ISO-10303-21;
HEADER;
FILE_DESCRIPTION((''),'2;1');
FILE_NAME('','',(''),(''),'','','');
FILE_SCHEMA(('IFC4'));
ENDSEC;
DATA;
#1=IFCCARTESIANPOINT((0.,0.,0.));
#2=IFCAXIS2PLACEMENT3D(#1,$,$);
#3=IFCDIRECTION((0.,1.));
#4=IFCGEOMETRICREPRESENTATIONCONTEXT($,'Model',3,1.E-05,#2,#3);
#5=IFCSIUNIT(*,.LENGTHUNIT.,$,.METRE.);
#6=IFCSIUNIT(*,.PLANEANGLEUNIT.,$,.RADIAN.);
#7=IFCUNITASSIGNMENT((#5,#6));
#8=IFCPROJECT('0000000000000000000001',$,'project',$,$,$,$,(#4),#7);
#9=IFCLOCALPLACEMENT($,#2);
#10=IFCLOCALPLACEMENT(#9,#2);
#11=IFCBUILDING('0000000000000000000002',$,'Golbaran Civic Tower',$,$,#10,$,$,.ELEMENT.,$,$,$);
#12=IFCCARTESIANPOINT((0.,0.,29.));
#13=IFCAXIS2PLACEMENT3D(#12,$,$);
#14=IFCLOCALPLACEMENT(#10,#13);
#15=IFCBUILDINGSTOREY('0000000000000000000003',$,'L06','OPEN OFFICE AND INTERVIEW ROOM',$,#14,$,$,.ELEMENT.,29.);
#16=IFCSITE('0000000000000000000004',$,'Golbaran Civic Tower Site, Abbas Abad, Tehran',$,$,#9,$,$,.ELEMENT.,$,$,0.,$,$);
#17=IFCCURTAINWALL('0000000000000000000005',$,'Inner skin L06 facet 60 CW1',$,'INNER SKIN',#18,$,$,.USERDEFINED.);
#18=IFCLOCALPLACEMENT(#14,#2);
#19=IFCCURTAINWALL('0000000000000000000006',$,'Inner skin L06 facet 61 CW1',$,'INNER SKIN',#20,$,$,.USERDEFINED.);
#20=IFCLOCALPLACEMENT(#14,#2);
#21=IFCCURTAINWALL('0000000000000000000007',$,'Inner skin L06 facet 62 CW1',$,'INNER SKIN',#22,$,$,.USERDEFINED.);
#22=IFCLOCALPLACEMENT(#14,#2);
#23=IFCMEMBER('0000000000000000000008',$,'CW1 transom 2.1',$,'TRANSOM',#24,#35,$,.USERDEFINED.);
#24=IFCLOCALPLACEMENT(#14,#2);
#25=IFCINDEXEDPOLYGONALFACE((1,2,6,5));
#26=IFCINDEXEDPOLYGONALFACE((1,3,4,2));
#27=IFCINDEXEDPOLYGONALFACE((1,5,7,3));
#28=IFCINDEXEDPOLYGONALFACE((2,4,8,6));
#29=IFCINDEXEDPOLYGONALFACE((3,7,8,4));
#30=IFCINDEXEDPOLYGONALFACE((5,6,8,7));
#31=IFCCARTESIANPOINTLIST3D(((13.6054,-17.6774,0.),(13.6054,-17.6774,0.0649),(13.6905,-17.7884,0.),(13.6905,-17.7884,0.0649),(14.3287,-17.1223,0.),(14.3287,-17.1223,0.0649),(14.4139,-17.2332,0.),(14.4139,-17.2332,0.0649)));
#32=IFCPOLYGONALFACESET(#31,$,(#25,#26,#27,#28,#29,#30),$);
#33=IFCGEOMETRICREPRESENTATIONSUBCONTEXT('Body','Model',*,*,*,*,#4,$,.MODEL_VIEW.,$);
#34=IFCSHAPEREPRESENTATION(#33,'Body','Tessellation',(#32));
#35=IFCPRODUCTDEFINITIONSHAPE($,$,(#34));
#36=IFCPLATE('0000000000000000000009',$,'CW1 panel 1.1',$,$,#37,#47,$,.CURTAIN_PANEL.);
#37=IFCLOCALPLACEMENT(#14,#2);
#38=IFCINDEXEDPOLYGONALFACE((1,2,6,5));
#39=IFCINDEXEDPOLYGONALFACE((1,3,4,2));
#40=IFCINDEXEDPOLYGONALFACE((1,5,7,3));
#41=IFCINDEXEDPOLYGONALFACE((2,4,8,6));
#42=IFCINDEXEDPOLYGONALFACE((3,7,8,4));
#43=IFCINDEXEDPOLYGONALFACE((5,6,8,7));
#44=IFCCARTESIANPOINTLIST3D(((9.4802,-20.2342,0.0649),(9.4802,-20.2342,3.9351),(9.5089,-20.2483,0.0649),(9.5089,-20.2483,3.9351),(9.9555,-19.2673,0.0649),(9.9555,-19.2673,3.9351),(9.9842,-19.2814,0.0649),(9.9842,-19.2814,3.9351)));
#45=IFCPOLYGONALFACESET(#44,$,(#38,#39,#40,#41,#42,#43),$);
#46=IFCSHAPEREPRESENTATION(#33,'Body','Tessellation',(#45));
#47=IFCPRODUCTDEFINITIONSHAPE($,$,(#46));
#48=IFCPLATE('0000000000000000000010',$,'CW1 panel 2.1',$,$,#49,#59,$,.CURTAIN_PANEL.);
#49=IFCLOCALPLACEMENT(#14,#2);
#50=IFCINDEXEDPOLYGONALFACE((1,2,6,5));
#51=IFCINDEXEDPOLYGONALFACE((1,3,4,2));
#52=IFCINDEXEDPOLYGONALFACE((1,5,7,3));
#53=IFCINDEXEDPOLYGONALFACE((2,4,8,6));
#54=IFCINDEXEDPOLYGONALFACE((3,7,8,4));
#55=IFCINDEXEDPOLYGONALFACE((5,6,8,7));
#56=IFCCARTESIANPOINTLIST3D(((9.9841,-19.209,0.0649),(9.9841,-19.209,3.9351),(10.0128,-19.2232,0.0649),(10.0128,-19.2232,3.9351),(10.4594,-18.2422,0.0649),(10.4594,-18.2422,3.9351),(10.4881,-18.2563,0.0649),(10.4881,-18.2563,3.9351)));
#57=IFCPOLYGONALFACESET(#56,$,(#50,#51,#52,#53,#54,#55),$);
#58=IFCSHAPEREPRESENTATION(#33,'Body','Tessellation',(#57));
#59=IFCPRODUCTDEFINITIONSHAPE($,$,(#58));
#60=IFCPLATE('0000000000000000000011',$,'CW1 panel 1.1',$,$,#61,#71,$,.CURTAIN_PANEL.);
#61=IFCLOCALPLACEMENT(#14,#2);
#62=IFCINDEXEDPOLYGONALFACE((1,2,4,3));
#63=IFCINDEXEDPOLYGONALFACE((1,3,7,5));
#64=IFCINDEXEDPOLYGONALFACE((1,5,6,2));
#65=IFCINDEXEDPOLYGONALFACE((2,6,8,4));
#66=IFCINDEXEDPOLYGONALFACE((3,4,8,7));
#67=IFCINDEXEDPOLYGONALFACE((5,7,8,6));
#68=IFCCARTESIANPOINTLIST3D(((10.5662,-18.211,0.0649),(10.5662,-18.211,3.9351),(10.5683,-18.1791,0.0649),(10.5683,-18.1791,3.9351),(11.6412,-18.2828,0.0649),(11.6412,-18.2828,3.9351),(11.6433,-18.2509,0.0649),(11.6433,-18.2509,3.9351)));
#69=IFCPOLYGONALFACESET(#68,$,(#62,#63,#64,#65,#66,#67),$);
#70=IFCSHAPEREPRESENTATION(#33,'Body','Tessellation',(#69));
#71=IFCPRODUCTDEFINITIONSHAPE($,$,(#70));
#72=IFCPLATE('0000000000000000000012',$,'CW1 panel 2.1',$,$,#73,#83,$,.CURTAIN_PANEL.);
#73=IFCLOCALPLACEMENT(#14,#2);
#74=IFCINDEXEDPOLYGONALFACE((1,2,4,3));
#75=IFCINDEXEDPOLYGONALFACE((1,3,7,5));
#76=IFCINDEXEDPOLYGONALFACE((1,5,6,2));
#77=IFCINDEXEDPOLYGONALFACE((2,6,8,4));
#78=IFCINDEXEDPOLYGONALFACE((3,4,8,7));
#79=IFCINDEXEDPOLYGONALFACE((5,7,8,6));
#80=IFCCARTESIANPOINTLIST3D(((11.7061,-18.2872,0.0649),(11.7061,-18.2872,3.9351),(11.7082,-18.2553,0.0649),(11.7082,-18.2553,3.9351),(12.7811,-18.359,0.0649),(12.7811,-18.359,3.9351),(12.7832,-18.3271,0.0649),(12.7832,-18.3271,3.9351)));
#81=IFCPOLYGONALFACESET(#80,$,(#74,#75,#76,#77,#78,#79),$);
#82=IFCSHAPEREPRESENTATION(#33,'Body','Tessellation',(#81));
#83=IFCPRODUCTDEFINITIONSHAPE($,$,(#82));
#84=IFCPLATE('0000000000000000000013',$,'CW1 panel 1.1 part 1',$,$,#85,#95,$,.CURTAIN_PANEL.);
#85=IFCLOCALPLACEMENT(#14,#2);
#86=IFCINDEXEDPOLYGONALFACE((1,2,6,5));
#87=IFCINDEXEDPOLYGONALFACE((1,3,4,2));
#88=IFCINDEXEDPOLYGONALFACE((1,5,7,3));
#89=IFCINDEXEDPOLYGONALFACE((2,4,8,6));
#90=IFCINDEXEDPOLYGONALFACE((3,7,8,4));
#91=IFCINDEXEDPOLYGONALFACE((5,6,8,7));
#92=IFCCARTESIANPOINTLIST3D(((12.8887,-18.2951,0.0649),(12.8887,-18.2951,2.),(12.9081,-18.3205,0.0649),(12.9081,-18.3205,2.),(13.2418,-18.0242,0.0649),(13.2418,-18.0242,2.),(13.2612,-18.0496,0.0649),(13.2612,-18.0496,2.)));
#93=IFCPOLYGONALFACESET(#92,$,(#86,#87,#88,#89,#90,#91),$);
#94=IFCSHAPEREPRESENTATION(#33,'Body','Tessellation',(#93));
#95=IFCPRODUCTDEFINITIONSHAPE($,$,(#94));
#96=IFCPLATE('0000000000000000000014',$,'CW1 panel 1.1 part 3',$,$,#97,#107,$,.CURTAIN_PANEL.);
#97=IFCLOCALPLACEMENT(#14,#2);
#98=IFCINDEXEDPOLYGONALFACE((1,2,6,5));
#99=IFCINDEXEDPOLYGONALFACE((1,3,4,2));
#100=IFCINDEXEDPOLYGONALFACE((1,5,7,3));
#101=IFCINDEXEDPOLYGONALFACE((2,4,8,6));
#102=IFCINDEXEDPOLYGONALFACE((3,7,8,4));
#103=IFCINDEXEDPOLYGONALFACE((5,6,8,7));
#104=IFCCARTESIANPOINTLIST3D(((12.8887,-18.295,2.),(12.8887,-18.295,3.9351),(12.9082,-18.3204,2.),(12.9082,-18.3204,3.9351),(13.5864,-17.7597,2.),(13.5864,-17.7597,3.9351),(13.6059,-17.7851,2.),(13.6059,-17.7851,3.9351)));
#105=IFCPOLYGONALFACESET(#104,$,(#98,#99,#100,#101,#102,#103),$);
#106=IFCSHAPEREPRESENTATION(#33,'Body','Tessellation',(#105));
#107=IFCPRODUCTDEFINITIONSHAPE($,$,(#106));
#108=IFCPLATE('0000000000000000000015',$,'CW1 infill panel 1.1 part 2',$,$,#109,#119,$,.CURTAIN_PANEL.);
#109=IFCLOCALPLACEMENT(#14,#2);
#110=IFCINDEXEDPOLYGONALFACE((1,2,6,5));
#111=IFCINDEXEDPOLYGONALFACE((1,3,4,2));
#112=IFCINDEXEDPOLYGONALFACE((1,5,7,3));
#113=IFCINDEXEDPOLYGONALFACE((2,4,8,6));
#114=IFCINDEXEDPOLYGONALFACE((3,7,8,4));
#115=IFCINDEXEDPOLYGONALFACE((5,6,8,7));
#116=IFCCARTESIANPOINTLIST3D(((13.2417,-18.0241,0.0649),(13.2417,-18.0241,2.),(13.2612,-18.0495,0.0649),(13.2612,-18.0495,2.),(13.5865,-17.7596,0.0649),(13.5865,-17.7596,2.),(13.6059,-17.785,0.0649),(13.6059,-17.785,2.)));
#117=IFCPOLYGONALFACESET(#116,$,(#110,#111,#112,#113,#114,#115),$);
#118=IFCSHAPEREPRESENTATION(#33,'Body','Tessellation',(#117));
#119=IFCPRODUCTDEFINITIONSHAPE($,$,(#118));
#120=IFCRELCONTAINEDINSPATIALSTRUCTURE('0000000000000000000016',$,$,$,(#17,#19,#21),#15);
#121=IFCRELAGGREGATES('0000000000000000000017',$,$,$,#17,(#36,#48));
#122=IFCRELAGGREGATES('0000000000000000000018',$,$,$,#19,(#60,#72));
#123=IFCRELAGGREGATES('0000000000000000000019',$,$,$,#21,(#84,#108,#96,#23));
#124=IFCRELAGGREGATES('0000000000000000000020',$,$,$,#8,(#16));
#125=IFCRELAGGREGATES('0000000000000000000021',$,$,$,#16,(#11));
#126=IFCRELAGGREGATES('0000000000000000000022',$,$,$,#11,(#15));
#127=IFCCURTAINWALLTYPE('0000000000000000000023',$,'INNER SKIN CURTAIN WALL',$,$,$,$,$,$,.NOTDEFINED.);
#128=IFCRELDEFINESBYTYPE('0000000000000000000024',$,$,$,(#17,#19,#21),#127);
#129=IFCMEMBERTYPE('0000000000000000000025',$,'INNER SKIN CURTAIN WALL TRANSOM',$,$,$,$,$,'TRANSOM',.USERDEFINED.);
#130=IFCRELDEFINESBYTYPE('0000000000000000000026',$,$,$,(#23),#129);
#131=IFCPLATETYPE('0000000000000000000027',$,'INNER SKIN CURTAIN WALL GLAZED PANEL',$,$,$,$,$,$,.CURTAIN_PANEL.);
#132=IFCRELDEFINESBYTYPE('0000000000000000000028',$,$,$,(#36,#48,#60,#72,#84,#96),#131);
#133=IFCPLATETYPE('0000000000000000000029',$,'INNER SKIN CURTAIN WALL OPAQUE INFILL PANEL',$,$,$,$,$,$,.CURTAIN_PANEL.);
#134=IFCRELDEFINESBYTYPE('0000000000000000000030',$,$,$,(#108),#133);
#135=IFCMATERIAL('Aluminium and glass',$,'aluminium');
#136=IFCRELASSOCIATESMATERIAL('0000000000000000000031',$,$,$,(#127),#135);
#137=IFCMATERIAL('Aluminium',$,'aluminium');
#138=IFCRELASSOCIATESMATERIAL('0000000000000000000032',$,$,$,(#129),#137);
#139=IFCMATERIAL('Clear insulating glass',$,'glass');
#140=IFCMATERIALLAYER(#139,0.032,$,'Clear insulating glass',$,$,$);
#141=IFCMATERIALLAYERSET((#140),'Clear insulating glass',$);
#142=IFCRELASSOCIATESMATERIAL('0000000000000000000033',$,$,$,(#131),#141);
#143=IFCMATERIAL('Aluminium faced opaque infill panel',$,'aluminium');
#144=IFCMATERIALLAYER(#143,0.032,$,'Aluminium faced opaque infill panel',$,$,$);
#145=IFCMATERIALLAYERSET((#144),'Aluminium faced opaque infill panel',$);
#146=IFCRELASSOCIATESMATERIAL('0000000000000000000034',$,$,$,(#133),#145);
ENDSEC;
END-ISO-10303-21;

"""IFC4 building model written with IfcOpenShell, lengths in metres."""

from ifc_helpers import new_model, si_unit, direction, frame, origin, origin_2d, place, context, subcontext, project, spatial, rectangle, extrude, material, layer, layer_set, material_profile, profile_set, type_object, element, aggregate, save


model = new_model("IFC4")

# Units and contexts
model_context = context("Model", 3, precision=1e-05, world=origin(), true_north=direction((0.0, 1.0)))
body_context = subcontext(model_context, "Body", "Model", "MODEL_VIEW")
ifc_project = project(units=[si_unit("LENGTHUNIT", "METRE"), si_unit("PLANEANGLEUNIT", "RADIAN")], contexts=[model_context])

# Site, building, storey
site_placement = place(None, origin())
site = spatial("IfcSite", under=ifc_project, at=site_placement, Name="Golbaran Civic Tower Site, Abbas Abad, Tehran", CompositionType="ELEMENT", RefElevation=0.0)
building_placement = place(site_placement, origin())
building = spatial("IfcBuilding", under=site, at=building_placement, Name="Golbaran Civic Tower", CompositionType="ELEMENT")
storey_placement = place(building_placement, frame((0.0, 0.0, 29.0)))
storey = spatial("IfcBuildingStorey", under=building, at=storey_placement, Name="L06", Description="OPEN OFFICE AND INTERVIEW ROOM", CompositionType="ELEMENT", Elevation=29.0)

# Curtain walls
ifc_material_1 = material(Name="Aluminium and glass", Category="aluminium")
curtain_wall_type = type_object("IfcCurtainWallType", Name="INNER SKIN CURTAIN WALL", PredefinedType="NOTDEFINED", material=ifc_material_1)
curtain_wall_1_placement = place(storey_placement, origin())
curtain_wall_1 = element("IfcCurtainWall", 1, at=curtain_wall_1_placement, inside=storey, type_object=curtain_wall_type, Name="Inner skin L06 facet 60 CW1", ObjectType="INNER SKIN", PredefinedType="USERDEFINED")
ifc_material_2 = material(Name="Aluminium", Category="aluminium")
curtain_wall_2_placement = place(storey_placement, origin())
curtain_wall_2 = element("IfcCurtainWall", 2, at=curtain_wall_2_placement, inside=storey, type_object=curtain_wall_type, Name="Inner skin L06 facet 61 CW1", ObjectType="INNER SKIN", PredefinedType="USERDEFINED")
curtain_wall_3_placement = place(storey_placement, origin())
curtain_wall_3 = element("IfcCurtainWall", 3, at=curtain_wall_3_placement, inside=storey, type_object=curtain_wall_type, Name="Inner skin L06 facet 62 CW1", ObjectType="INNER SKIN", PredefinedType="USERDEFINED")

# Member
ifc_material_profile_1 = material_profile(ifc_material_2, rectangle(XDim=0.1399, YDim=0.0649, at=origin_2d()), Name="INNER SKIN CURTAIN WALL TRANSOM")
ifc_profile_set_1 = profile_set([ifc_material_profile_1], Name="Aluminium")
member_type_1 = type_object("IfcMemberType", Name="INNER SKIN CURTAIN WALL TRANSOM", ElementType="TRANSOM", PredefinedType="USERDEFINED", material=ifc_profile_set_1)
member_1_placement = place(storey_placement, frame((13.6479, -17.7329, 0.0325), z_axis=(0.7933, 0.608831, 0.0), x_axis=(-0.608831, 0.7933, 0.0)))
member_1 = element("IfcMember", 4, at=member_1_placement, type_object=member_type_1, Name="CW1 transom 2.1", ObjectType="TRANSOM", PredefinedType="USERDEFINED", context=body_context, shape_type="SweptSolid", body=[
    extrude(rectangle(XDim=0.1399, YDim=0.0649, at=origin_2d()), origin(), (0.0, 0.0, 1.0), 0.9119),
])

# Plates
ifc_material_3 = material(Name="Clear insulating glass", Category="glass")
ifc_layer_1 = layer(ifc_material_3, 0.032, Name="Clear insulating glass")
ifc_layer_set_1 = layer_set([ifc_layer_1], Name="Clear insulating glass")
plate_type_1 = type_object("IfcPlateType", Name="INNER SKIN CURTAIN WALL GLAZED PANEL", PredefinedType="CURTAIN_PANEL", material=ifc_layer_set_1)
plate_1_placement = place(storey_placement, frame((9.7322, -19.7578, 0.0649), z_axis=(0.0, 0.0, 1.0), x_axis=(0.441207, 0.897405, 0.0)))
plate_1 = element("IfcPlate", 5, at=plate_1_placement, type_object=plate_type_1, Name="CW1 panel 1.1", PredefinedType="CURTAIN_PANEL", context=body_context, shape_type="SweptSolid", body=[
    extrude(rectangle(XDim=1.0774, YDim=0.032, at=origin_2d()), origin(), (0.0, 0.0, 1.0), 3.8701),
])
plate_2_placement = place(storey_placement, frame((10.2361, -18.7327, 0.0649), z_axis=(0.0, 0.0, 1.0), x_axis=(0.441207, 0.897405, 0.0)))
plate_2 = element("IfcPlate", 6, at=plate_2_placement, type_object=plate_type_1, Name="CW1 panel 2.1", PredefinedType="CURTAIN_PANEL", context=body_context, shape_type="SweptSolid", body=[
    extrude(rectangle(XDim=1.0774, YDim=0.032, at=origin_2d()), origin(), (0.0, 0.0, 1.0), 3.8701),
])
aggregate(curtain_wall_1, [plate_1, plate_2])
plate_3_placement = place(storey_placement, frame((11.1047, -18.231, 0.0649), z_axis=(0.0, 0.0, 1.0), x_axis=(0.997779, -0.066606, 0.0)))
plate_3 = element("IfcPlate", 7, at=plate_3_placement, type_object=plate_type_1, Name="CW1 panel 1.1", PredefinedType="CURTAIN_PANEL", context=body_context, shape_type="SweptSolid", body=[
    extrude(rectangle(XDim=1.0774, YDim=0.032, at=origin_2d()), origin(), (0.0, 0.0, 1.0), 3.8701),
])
plate_4_placement = place(storey_placement, frame((12.2446, -18.3071, 0.0649), z_axis=(0.0, 0.0, 1.0), x_axis=(0.997779, -0.066606, 0.0)))
plate_4 = element("IfcPlate", 8, at=plate_4_placement, type_object=plate_type_1, Name="CW1 panel 2.1", PredefinedType="CURTAIN_PANEL", context=body_context, shape_type="SweptSolid", body=[
    extrude(rectangle(XDim=1.0774, YDim=0.032, at=origin_2d()), origin(), (0.0, 0.0, 1.0), 3.8701),
])
aggregate(curtain_wall_2, [plate_3, plate_4])
plate_5_placement = place(storey_placement, frame((13.075, -18.1724, 0.0649), z_axis=(0.0, 0.0, 1.0), x_axis=(0.793353, 0.608761, 0.0)))
plate_5 = element("IfcPlate", 9, at=plate_5_placement, type_object=plate_type_1, Name="CW1 panel 1.1 part 1", PredefinedType="CURTAIN_PANEL", context=body_context, shape_type="SweptSolid", body=[
    extrude(rectangle(XDim=0.4451, YDim=0.032, at=origin_2d()), origin(), (0.0, 0.0, 1.0), 1.9351),
])
plate_6_placement = place(storey_placement, frame((13.2473, -18.04, 2.0), z_axis=(0.0, 0.0, 1.0), x_axis=(0.793353, 0.608761, 0.0)))
plate_6 = element("IfcPlate", 10, at=plate_6_placement, type_object=plate_type_1, Name="CW1 panel 1.1 part 3", PredefinedType="CURTAIN_PANEL", context=body_context, shape_type="SweptSolid", body=[
    extrude(rectangle(XDim=0.8794, YDim=0.032, at=origin_2d()), origin(), (0.0, 0.0, 1.0), 1.9351),
])
ifc_material_4 = material(Name="Aluminium faced opaque infill panel", Category="aluminium")
ifc_layer_2 = layer(ifc_material_4, 0.032, Name="Aluminium faced opaque infill panel")
ifc_layer_set_2 = layer_set([ifc_layer_2], Name="Aluminium faced opaque infill panel")
plate_type_2 = type_object("IfcPlateType", Name="INNER SKIN CURTAIN WALL OPAQUE INFILL PANEL", PredefinedType="CURTAIN_PANEL", material=ifc_layer_set_2)
plate_7_placement = place(storey_placement, frame((13.4238, -17.9045, 0.0649), z_axis=(0.0, 0.0, 1.0), x_axis=(0.793353, 0.608761, 0.0)))
plate_7 = element("IfcPlate", 11, at=plate_7_placement, type_object=plate_type_2, Name="CW1 infill panel 1.1 part 2", PredefinedType="CURTAIN_PANEL", context=body_context, shape_type="SweptSolid", body=[
    extrude(rectangle(XDim=0.4346, YDim=0.032, at=origin_2d()), origin(), (0.0, 0.0, 1.0), 1.9351),
])
aggregate(curtain_wall_3, [plate_5, plate_7, plate_6, member_1])

save(model, "model.ifc")
